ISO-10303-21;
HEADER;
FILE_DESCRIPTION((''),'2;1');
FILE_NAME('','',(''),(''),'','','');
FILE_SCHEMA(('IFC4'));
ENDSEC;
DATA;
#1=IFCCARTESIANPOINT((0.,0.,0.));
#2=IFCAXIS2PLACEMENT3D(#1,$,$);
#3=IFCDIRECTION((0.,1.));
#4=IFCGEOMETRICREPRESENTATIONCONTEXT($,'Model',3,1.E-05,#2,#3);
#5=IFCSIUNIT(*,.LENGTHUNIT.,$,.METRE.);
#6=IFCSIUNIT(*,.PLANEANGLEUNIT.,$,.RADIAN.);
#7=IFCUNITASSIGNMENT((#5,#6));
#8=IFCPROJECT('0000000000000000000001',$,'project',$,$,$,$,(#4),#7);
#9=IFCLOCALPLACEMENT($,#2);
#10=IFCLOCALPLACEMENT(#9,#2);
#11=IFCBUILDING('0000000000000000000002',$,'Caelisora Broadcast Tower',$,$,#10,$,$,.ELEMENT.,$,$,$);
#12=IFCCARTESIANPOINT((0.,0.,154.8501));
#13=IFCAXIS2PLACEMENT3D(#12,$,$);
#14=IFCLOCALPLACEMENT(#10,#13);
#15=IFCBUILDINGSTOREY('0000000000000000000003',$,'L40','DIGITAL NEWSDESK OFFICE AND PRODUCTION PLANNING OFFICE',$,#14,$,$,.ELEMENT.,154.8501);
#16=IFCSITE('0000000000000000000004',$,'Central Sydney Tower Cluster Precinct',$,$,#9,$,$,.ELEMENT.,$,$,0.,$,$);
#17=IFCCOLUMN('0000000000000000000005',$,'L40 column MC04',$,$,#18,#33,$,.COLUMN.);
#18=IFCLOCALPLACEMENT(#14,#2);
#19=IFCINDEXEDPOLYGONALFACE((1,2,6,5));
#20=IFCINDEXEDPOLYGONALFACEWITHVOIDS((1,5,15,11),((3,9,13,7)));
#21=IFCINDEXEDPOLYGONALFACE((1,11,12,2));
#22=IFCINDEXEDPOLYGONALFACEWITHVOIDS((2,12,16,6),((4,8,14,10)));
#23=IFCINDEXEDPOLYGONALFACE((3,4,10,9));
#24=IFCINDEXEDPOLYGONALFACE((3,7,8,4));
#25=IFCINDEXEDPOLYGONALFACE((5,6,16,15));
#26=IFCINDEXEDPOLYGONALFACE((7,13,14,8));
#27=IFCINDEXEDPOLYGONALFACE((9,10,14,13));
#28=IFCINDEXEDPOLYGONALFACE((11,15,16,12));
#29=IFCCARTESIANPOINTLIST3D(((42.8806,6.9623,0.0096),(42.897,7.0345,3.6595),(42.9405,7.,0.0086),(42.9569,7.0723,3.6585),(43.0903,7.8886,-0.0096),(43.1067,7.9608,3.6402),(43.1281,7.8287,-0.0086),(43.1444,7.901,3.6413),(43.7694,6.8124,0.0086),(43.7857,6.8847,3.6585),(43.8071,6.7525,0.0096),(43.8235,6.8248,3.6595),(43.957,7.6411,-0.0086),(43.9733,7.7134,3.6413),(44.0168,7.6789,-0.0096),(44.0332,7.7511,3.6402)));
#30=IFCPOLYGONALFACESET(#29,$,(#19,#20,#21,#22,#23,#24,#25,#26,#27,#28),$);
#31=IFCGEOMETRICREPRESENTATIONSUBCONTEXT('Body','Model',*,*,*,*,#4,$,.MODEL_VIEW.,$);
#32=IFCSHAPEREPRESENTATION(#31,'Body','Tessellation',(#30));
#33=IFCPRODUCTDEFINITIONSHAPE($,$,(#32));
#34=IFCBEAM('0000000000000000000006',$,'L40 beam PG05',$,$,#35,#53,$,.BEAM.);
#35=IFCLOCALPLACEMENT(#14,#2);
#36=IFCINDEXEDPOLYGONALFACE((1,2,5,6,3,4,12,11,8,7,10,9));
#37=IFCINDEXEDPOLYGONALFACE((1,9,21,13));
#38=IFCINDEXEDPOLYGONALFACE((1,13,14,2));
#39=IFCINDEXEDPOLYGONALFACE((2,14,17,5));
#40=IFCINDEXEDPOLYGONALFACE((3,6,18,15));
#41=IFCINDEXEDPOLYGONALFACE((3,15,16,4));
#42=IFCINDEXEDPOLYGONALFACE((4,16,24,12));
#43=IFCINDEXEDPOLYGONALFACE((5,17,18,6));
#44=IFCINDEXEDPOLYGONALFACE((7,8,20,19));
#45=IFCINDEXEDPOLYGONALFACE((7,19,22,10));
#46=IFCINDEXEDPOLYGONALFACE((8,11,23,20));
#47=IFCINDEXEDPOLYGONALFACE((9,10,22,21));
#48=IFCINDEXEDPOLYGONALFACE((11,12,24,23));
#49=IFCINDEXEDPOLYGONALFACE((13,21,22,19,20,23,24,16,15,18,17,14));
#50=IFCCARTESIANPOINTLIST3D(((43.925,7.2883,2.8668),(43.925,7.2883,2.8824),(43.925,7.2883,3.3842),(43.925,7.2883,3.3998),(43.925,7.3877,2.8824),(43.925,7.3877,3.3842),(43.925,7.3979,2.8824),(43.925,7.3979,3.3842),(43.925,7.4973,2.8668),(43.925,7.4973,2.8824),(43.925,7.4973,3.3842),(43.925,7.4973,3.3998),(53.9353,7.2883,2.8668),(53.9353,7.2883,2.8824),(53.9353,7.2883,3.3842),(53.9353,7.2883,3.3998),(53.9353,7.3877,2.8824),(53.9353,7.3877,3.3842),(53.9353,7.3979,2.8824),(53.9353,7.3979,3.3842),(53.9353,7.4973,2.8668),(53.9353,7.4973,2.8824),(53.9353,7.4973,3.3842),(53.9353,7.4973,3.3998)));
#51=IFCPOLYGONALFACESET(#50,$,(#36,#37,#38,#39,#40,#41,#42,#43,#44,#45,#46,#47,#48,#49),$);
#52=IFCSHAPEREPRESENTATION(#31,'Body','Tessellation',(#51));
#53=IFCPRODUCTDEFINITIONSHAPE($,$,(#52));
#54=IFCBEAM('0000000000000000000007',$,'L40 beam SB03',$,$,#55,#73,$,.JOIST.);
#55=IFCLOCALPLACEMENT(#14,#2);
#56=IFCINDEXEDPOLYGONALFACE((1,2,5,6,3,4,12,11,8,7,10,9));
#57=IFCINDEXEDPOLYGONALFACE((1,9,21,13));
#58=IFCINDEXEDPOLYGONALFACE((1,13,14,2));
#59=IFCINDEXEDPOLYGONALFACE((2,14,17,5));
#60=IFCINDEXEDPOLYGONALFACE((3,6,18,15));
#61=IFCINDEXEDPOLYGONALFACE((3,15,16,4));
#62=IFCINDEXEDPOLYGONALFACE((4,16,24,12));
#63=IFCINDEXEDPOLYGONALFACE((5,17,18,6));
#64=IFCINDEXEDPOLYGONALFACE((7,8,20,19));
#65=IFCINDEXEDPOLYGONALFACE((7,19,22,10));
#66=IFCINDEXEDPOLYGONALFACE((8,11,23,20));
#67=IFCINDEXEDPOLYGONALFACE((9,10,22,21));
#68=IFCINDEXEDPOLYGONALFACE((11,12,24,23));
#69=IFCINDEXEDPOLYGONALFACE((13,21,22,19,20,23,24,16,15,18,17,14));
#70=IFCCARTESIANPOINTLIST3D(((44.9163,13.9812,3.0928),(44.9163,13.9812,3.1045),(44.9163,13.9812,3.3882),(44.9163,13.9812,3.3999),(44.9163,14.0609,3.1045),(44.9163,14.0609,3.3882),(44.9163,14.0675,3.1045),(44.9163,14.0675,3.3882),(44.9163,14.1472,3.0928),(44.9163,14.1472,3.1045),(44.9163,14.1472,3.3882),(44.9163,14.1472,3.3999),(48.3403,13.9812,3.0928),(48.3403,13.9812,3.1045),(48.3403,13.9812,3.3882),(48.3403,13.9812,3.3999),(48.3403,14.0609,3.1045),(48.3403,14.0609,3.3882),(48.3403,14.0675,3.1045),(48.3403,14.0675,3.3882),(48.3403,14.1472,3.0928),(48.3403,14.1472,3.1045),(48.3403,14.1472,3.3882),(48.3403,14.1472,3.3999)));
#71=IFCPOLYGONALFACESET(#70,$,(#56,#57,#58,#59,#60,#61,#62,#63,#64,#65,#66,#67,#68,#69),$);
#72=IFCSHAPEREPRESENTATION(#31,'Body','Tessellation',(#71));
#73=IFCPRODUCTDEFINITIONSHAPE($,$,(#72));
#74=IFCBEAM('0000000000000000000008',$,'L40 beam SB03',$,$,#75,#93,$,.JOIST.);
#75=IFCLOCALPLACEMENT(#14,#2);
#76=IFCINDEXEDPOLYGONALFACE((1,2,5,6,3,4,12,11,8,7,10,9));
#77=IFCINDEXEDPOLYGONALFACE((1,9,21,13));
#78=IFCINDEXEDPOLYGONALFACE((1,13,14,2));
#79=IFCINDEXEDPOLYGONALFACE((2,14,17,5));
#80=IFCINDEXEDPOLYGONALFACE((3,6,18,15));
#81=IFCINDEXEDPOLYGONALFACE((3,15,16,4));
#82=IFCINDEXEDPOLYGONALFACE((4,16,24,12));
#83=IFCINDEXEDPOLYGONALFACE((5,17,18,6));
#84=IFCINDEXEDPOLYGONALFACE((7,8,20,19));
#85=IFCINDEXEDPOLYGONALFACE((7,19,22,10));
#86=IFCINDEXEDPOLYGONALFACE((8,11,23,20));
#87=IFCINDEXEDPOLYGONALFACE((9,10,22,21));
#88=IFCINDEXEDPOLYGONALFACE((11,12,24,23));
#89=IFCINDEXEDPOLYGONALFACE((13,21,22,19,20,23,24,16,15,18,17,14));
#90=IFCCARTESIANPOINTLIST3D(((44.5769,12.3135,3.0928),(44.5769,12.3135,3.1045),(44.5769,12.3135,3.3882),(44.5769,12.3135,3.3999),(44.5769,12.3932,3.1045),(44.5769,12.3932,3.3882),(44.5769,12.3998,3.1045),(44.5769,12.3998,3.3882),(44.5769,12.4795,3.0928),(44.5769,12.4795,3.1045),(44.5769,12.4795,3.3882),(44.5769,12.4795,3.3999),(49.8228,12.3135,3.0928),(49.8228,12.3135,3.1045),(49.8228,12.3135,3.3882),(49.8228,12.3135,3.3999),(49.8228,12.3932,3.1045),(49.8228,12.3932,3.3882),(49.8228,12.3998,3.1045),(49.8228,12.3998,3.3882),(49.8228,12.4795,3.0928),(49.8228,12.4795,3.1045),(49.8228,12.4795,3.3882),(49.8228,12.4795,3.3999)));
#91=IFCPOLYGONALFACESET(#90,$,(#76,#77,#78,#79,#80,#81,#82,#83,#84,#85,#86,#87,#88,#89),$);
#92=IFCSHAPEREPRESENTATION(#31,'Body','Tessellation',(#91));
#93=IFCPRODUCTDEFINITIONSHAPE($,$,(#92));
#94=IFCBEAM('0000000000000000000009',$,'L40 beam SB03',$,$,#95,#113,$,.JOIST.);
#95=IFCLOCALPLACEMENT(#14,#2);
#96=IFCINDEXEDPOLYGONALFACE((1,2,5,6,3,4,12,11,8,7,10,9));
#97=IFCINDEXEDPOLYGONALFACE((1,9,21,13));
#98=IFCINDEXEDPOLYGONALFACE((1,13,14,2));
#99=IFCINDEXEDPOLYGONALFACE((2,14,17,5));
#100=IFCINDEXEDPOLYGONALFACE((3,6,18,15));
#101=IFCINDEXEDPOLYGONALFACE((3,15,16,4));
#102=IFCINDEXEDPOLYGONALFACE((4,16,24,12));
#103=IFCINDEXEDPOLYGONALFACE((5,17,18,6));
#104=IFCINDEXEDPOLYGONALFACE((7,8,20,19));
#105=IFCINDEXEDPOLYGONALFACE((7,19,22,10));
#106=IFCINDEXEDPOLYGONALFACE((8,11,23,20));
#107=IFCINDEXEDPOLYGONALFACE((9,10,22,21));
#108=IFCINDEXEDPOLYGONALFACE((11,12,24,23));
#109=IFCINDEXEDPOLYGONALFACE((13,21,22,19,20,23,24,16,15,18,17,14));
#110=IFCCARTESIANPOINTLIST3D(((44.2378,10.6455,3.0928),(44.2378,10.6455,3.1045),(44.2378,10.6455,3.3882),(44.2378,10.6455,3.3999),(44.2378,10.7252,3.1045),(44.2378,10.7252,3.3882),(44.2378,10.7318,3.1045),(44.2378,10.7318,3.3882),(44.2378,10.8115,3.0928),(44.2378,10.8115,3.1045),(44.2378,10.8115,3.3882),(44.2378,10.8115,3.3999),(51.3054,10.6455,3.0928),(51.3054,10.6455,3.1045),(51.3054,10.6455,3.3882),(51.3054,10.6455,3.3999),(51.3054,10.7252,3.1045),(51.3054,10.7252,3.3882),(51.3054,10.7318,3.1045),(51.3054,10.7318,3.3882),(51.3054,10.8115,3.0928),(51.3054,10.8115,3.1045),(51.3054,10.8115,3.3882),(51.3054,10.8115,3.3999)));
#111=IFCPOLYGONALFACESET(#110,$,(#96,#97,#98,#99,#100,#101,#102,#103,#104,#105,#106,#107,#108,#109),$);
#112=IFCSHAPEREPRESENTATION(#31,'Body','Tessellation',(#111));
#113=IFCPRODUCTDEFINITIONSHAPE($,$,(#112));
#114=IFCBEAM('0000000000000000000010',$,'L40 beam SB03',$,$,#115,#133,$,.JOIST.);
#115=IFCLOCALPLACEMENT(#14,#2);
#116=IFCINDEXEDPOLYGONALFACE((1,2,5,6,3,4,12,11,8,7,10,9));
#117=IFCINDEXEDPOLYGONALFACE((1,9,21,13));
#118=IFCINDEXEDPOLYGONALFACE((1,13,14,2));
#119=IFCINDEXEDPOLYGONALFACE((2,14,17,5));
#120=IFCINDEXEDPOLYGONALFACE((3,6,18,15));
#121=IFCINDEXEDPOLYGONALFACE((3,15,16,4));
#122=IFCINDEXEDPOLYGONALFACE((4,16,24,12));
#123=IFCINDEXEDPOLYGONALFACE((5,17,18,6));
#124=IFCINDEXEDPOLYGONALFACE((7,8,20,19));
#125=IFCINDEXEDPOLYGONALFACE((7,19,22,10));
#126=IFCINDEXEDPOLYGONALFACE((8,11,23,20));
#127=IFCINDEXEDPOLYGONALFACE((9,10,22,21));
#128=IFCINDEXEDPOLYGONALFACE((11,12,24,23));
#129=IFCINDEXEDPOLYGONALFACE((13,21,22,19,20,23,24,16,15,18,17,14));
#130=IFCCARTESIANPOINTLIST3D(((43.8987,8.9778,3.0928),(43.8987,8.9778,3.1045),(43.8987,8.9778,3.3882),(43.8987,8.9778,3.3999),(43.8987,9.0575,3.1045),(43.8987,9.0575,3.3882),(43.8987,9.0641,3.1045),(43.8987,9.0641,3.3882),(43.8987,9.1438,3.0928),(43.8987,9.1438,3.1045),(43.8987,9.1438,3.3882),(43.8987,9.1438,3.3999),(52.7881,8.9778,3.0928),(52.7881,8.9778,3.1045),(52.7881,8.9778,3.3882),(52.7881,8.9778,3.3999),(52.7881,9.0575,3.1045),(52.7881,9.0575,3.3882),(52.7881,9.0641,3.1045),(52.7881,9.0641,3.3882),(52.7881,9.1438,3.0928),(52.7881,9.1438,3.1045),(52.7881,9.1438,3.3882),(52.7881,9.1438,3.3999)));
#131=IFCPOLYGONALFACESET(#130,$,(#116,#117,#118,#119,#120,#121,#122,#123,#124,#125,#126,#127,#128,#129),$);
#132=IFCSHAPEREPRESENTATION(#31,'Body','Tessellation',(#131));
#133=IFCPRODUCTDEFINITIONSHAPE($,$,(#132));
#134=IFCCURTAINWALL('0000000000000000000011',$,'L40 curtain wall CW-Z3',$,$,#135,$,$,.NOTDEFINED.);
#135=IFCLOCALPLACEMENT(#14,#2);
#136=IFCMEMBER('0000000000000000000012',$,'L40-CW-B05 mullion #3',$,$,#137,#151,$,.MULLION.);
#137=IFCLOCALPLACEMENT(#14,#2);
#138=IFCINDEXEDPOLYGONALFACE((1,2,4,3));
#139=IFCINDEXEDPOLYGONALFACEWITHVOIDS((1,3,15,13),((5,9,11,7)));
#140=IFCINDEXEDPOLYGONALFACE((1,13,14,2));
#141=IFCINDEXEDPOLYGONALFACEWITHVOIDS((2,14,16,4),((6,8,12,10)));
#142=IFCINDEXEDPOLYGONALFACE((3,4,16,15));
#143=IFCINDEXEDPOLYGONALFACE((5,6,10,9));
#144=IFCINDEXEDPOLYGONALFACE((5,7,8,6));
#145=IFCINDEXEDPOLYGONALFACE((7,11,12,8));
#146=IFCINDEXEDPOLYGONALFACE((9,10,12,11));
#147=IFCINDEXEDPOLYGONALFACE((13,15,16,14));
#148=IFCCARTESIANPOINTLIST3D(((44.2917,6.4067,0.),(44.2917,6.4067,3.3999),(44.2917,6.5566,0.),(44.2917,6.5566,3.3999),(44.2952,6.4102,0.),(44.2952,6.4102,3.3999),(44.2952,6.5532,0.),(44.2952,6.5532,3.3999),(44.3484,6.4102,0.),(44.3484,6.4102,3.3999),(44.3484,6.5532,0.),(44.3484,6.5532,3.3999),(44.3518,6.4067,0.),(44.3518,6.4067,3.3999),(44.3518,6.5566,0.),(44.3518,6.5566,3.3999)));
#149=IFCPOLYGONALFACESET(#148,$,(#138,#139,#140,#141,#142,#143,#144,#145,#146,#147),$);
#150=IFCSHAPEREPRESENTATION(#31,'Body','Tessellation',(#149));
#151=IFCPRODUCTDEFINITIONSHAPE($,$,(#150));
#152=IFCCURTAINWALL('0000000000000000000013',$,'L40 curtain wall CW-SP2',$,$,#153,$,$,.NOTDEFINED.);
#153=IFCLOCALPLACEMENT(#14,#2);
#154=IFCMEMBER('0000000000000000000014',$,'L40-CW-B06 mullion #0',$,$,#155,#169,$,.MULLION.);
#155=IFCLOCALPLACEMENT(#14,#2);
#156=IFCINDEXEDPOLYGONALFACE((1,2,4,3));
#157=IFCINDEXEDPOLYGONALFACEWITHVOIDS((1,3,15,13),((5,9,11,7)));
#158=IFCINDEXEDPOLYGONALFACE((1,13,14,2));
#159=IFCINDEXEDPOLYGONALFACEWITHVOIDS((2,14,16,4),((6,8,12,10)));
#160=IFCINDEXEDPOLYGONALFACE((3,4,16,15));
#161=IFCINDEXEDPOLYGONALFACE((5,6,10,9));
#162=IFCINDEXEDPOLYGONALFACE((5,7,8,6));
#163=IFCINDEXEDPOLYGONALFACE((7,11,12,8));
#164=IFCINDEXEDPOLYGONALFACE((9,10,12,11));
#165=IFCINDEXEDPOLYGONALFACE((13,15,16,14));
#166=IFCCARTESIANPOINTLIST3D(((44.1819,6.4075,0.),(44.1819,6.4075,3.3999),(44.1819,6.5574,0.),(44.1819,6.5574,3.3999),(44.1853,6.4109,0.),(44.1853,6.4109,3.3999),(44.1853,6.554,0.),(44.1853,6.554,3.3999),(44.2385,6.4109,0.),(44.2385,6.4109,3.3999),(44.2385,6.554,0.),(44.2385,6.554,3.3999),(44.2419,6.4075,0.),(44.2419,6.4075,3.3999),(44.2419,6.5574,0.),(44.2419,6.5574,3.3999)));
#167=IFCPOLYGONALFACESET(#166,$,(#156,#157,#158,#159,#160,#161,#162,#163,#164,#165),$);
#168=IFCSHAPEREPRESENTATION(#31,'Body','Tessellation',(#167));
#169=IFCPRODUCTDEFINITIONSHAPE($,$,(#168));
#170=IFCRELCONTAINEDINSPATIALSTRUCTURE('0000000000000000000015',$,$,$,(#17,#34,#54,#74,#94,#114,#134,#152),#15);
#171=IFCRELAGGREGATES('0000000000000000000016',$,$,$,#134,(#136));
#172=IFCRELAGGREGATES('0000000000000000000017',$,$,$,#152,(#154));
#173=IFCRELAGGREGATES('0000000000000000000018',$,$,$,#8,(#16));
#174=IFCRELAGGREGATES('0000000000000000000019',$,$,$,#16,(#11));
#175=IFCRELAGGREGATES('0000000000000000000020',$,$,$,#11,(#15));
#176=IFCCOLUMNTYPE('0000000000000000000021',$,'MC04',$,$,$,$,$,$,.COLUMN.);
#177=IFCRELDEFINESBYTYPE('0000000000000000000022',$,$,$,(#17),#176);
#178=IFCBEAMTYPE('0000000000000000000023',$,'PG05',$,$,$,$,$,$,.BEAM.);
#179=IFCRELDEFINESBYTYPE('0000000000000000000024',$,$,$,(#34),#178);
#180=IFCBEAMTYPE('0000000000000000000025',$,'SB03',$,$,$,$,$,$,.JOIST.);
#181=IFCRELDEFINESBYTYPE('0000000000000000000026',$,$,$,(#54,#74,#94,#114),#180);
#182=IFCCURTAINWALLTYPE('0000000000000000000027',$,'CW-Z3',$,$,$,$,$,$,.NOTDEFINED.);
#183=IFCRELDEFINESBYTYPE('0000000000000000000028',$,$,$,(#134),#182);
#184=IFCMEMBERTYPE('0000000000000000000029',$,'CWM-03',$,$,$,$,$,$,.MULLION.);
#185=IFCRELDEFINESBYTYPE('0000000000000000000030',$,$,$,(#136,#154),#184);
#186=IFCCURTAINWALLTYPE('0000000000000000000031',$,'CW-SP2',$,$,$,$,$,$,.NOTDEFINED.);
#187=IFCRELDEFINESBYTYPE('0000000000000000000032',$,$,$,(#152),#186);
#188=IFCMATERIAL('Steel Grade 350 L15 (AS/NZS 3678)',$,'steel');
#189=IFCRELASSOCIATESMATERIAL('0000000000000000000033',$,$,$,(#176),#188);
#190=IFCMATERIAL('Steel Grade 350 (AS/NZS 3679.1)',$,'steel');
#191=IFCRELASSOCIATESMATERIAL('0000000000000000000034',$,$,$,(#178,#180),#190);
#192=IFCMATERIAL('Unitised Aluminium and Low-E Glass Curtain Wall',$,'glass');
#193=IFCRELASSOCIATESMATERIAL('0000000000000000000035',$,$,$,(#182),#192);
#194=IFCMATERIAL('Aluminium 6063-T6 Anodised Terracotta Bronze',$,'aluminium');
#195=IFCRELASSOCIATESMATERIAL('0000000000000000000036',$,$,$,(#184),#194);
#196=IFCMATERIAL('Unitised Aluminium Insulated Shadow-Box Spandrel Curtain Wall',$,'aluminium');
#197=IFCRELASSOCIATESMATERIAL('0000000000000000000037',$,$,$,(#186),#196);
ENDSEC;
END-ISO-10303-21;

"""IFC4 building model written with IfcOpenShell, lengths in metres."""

from ifc_helpers import new_model, si_unit, direction, frame, origin, origin_2d, place, context, subcontext, project, spatial, hollow_rectangle, i_section, extrude, source, transform, mapped, material, material_profile, profile_set, type_object, type_shapes, element, aggregate, save


model = new_model("IFC4")

# Units and contexts
model_context = context("Model", 3, precision=1e-05, world=origin(), true_north=direction((0.0, 1.0)))
body_context = subcontext(model_context, "Body", "Model", "MODEL_VIEW")
ifc_project = project(units=[si_unit("LENGTHUNIT", "METRE"), si_unit("PLANEANGLEUNIT", "RADIAN")], contexts=[model_context])

# Site, building, storey
site_placement = place(None, origin())
site = spatial("IfcSite", under=ifc_project, at=site_placement, Name="Central Sydney Tower Cluster Precinct", CompositionType="ELEMENT", RefElevation=0.0)
building_placement = place(site_placement, origin())
building = spatial("IfcBuilding", under=site, at=building_placement, Name="Caelisora Broadcast Tower", CompositionType="ELEMENT")
storey_placement = place(building_placement, frame((0.0, 0.0, 154.8501)))
storey = spatial("IfcBuildingStorey", under=building, at=storey_placement, Name="L40", Description="DIGITAL NEWSDESK OFFICE AND PRODUCTION PLANNING OFFICE", CompositionType="ELEMENT", Elevation=154.8501)

# Column
ifc_material_1 = material(Name="Steel Grade 350 L15 (AS/NZS 3678)", Category="steel")
ifc_material_profile_1 = material_profile(ifc_material_1, hollow_rectangle(XDim=0.95, YDim=0.95, WallThickness=0.05, at=origin_2d()), Name="Steel Grade 350 L15 (AS/NZS 3678)")
ifc_profile_set_1 = profile_set([ifc_material_profile_1], Name="Steel Grade 350 L15 (AS/NZS 3678)")
column_type = type_object("IfcColumnType", Name="MC04", PredefinedType="COLUMN", material=ifc_profile_set_1)
shared_shape_1 = source(origin(), body_context, "Body", "SweptSolid", [
    extrude(hollow_rectangle(XDim=0.95, YDim=0.95, WallThickness=0.05, at=origin_2d()), origin(), (0.0, 0.0, 1.0), 3.6506),
])
type_shapes(column_type, [shared_shape_1])
column_placement = place(storey_placement, frame((43.4487, 7.3206, 0.0), z_axis=(0.004481, 0.019795, 0.999794), x_axis=(-0.975327, 0.220767, 0.0)))
element("IfcColumn", 1, at=column_placement, inside=storey, type_object=column_type, Name="L40 column MC04", PredefinedType="COLUMN", context=body_context, shape_type="MappedRepresentation", body=[
    mapped(shared_shape_1, transform((0.0, 0.0, 0.0), scale=1.0)),
])

# Beams
ifc_material_2 = material(Name="Steel Grade 350 (AS/NZS 3679.1)", Category="steel")
ifc_material_profile_2 = material_profile(ifc_material_2, i_section(OverallWidth=0.209, OverallDepth=0.533, WebThickness=0.0103, FlangeThickness=0.0156, at=origin_2d()), Name="Steel Grade 350 (AS/NZS 3679.1)")
ifc_profile_set_2 = profile_set([ifc_material_profile_2], Name="Steel Grade 350 (AS/NZS 3679.1)")
beam_type_1 = type_object("IfcBeamType", Name="PG05", PredefinedType="BEAM", material=ifc_profile_set_2)
shared_shape_2 = source(origin(), body_context, "Body", "SweptSolid", [
    extrude(i_section(OverallWidth=0.209, OverallDepth=0.533, WebThickness=0.0103, FlangeThickness=0.0156, at=origin_2d()), origin(), (0.0, 0.0, 1.0), 10.0103),
])
type_shapes(beam_type_1, [shared_shape_2])
beam_1_placement = place(storey_placement, frame((43.925, 7.3928, 3.1333), z_axis=(1.0, 0.0, 0.0), x_axis=(0.0, 1.0, 0.0)))
element("IfcBeam", 2, at=beam_1_placement, inside=storey, type_object=beam_type_1, Name="L40 beam PG05", PredefinedType="BEAM", context=body_context, shape_type="MappedRepresentation", body=[
    mapped(shared_shape_2, transform((0.0, 0.0, 0.0), scale=1.0)),
])
ifc_material_profile_3 = material_profile(ifc_material_2, i_section(OverallWidth=0.166, OverallDepth=0.3071, WebThickness=0.0066, FlangeThickness=0.0117, at=origin_2d()), Name="Steel Grade 350 (AS/NZS 3679.1)")
ifc_profile_set_3 = profile_set([ifc_material_profile_3], Name="Steel Grade 350 (AS/NZS 3679.1)")
beam_type_2 = type_object("IfcBeamType", Name="SB03", PredefinedType="JOIST", material=ifc_profile_set_3)
shared_shape_3 = source(origin(), body_context, "Body", "SweptSolid", [
    extrude(i_section(OverallWidth=0.166, OverallDepth=0.3071, WebThickness=0.0066, FlangeThickness=0.0117, at=origin_2d()), origin(), (0.0, 0.0, 1.0), 3.4241),
])
beam_2_placement = place(storey_placement, frame((44.9163, 14.0642, 3.2463), z_axis=(1.0, 0.0, 0.0), x_axis=(0.0, 1.0, 0.0)))
element("IfcBeam", 3, at=beam_2_placement, inside=storey, type_object=beam_type_2, Name="L40 beam SB03", PredefinedType="JOIST", context=body_context, shape_type="MappedRepresentation", body=[
    mapped(shared_shape_3, transform((0.0, 0.0, 0.0), scale=1.0)),
])
shared_shape_4 = source(origin(), body_context, "Body", "SweptSolid", [
    extrude(i_section(OverallWidth=0.166, OverallDepth=0.3071, WebThickness=0.0066, FlangeThickness=0.0117, at=origin_2d()), origin(), (0.0, 0.0, 1.0), 5.2458),
])
beam_3_placement = place(storey_placement, frame((44.5769, 12.3965, 3.2463), z_axis=(1.0, 0.0, 0.0), x_axis=(0.0, 1.0, 0.0)))
element("IfcBeam", 4, at=beam_3_placement, inside=storey, type_object=beam_type_2, Name="L40 beam SB03", PredefinedType="JOIST", context=body_context, shape_type="MappedRepresentation", body=[
    mapped(shared_shape_4, transform((0.0, 0.0, 0.0), scale=1.0)),
])
shared_shape_5 = source(origin(), body_context, "Body", "SweptSolid", [
    extrude(i_section(OverallWidth=0.166, OverallDepth=0.3071, WebThickness=0.0066, FlangeThickness=0.0117, at=origin_2d()), origin(), (0.0, 0.0, 1.0), 7.0676),
])
beam_4_placement = place(storey_placement, frame((44.2378, 10.7285, 3.2463), z_axis=(1.0, 0.0, 0.0), x_axis=(0.0, 1.0, 0.0)))
element("IfcBeam", 5, at=beam_4_placement, inside=storey, type_object=beam_type_2, Name="L40 beam SB03", PredefinedType="JOIST", context=body_context, shape_type="MappedRepresentation", body=[
    mapped(shared_shape_5, transform((0.0, 0.0, 0.0), scale=1.0)),
])
shared_shape_6 = source(origin(), body_context, "Body", "SweptSolid", [
    extrude(i_section(OverallWidth=0.166, OverallDepth=0.3071, WebThickness=0.0066, FlangeThickness=0.0117, at=origin_2d()), origin(), (0.0, 0.0, 1.0), 8.8894),
])
type_shapes(beam_type_2, [shared_shape_3, shared_shape_4, shared_shape_5, shared_shape_6])
beam_5_placement = place(storey_placement, frame((43.8987, 9.0608, 3.2463), z_axis=(1.0, 0.0, 0.0), x_axis=(0.0, 1.0, 0.0)))
element("IfcBeam", 6, at=beam_5_placement, inside=storey, type_object=beam_type_2, Name="L40 beam SB03", PredefinedType="JOIST", context=body_context, shape_type="MappedRepresentation", body=[
    mapped(shared_shape_6, transform((0.0, 0.0, 0.0), scale=1.0)),
])

# Curtain wall, member
ifc_material_3 = material(Name="Unitised Aluminium and Low-E Glass Curtain Wall", Category="glass")
curtain_wall_type_1 = type_object("IfcCurtainWallType", Name="CW-Z3", PredefinedType="NOTDEFINED", material=ifc_material_3)
curtain_wall_1_placement = place(storey_placement, origin())
curtain_wall_1 = element("IfcCurtainWall", 7, at=curtain_wall_1_placement, inside=storey, type_object=curtain_wall_type_1, Name="L40 curtain wall CW-Z3", PredefinedType="NOTDEFINED")
ifc_material_4 = material(Name="Aluminium 6063-T6 Anodised Terracotta Bronze", Category="aluminium")
ifc_material_profile_4 = material_profile(ifc_material_4, hollow_rectangle(XDim=0.0601, YDim=0.1499, WallThickness=0.0034, at=origin_2d()), Name="Aluminium 6063-T6 Anodised Terracotta Bronze")
ifc_profile_set_4 = profile_set([ifc_material_profile_4], Name="Aluminium 6063-T6 Anodised Terracotta Bronze")
member_type_1 = type_object("IfcMemberType", Name="CWM-03", PredefinedType="MULLION", material=ifc_profile_set_4)
shared_shape_7 = source(origin(), body_context, "Body", "SweptSolid", [
    extrude(hollow_rectangle(XDim=0.0601, YDim=0.1499, WallThickness=0.0034, at=origin_2d()), origin(), (0.0, 0.0, 1.0), 3.3999),
])
type_shapes(member_type_1, [shared_shape_7])
member_1_placement = place(storey_placement, frame((44.3218, 6.4817, 0.0), z_axis=(0.0, 0.0, 1.0), x_axis=(1.0, 0.0, 0.0)))
member_1 = element("IfcMember", 8, at=member_1_placement, type_object=member_type_1, Name="L40-CW-B05 mullion #3", PredefinedType="MULLION", context=body_context, shape_type="MappedRepresentation", body=[
    mapped(shared_shape_7, transform((0.0, 0.0, 0.0), scale=1.0)),
])
aggregate(curtain_wall_1, [member_1])

# Curtain wall, member
ifc_material_5 = material(Name="Unitised Aluminium Insulated Shadow-Box Spandrel Curtain Wall", Category="aluminium")
curtain_wall_type_2 = type_object("IfcCurtainWallType", Name="CW-SP2", PredefinedType="NOTDEFINED", material=ifc_material_5)
curtain_wall_2_placement = place(storey_placement, origin())
curtain_wall_2 = element("IfcCurtainWall", 9, at=curtain_wall_2_placement, inside=storey, type_object=curtain_wall_type_2, Name="L40 curtain wall CW-SP2", PredefinedType="NOTDEFINED")
member_2_placement = place(storey_placement, frame((44.2119, 6.4824, 0.0), z_axis=(0.0, 0.0, 1.0), x_axis=(1.0, 0.0, 0.0)))
member_2 = element("IfcMember", 10, at=member_2_placement, type_object=member_type_1, Name="L40-CW-B06 mullion #0", PredefinedType="MULLION", context=body_context, shape_type="MappedRepresentation", body=[
    mapped(shared_shape_7, transform((0.0, 0.0, 0.0), scale=1.0)),
])

aggregate(curtain_wall_2, [member_2])

save(model, "model.ifc")
